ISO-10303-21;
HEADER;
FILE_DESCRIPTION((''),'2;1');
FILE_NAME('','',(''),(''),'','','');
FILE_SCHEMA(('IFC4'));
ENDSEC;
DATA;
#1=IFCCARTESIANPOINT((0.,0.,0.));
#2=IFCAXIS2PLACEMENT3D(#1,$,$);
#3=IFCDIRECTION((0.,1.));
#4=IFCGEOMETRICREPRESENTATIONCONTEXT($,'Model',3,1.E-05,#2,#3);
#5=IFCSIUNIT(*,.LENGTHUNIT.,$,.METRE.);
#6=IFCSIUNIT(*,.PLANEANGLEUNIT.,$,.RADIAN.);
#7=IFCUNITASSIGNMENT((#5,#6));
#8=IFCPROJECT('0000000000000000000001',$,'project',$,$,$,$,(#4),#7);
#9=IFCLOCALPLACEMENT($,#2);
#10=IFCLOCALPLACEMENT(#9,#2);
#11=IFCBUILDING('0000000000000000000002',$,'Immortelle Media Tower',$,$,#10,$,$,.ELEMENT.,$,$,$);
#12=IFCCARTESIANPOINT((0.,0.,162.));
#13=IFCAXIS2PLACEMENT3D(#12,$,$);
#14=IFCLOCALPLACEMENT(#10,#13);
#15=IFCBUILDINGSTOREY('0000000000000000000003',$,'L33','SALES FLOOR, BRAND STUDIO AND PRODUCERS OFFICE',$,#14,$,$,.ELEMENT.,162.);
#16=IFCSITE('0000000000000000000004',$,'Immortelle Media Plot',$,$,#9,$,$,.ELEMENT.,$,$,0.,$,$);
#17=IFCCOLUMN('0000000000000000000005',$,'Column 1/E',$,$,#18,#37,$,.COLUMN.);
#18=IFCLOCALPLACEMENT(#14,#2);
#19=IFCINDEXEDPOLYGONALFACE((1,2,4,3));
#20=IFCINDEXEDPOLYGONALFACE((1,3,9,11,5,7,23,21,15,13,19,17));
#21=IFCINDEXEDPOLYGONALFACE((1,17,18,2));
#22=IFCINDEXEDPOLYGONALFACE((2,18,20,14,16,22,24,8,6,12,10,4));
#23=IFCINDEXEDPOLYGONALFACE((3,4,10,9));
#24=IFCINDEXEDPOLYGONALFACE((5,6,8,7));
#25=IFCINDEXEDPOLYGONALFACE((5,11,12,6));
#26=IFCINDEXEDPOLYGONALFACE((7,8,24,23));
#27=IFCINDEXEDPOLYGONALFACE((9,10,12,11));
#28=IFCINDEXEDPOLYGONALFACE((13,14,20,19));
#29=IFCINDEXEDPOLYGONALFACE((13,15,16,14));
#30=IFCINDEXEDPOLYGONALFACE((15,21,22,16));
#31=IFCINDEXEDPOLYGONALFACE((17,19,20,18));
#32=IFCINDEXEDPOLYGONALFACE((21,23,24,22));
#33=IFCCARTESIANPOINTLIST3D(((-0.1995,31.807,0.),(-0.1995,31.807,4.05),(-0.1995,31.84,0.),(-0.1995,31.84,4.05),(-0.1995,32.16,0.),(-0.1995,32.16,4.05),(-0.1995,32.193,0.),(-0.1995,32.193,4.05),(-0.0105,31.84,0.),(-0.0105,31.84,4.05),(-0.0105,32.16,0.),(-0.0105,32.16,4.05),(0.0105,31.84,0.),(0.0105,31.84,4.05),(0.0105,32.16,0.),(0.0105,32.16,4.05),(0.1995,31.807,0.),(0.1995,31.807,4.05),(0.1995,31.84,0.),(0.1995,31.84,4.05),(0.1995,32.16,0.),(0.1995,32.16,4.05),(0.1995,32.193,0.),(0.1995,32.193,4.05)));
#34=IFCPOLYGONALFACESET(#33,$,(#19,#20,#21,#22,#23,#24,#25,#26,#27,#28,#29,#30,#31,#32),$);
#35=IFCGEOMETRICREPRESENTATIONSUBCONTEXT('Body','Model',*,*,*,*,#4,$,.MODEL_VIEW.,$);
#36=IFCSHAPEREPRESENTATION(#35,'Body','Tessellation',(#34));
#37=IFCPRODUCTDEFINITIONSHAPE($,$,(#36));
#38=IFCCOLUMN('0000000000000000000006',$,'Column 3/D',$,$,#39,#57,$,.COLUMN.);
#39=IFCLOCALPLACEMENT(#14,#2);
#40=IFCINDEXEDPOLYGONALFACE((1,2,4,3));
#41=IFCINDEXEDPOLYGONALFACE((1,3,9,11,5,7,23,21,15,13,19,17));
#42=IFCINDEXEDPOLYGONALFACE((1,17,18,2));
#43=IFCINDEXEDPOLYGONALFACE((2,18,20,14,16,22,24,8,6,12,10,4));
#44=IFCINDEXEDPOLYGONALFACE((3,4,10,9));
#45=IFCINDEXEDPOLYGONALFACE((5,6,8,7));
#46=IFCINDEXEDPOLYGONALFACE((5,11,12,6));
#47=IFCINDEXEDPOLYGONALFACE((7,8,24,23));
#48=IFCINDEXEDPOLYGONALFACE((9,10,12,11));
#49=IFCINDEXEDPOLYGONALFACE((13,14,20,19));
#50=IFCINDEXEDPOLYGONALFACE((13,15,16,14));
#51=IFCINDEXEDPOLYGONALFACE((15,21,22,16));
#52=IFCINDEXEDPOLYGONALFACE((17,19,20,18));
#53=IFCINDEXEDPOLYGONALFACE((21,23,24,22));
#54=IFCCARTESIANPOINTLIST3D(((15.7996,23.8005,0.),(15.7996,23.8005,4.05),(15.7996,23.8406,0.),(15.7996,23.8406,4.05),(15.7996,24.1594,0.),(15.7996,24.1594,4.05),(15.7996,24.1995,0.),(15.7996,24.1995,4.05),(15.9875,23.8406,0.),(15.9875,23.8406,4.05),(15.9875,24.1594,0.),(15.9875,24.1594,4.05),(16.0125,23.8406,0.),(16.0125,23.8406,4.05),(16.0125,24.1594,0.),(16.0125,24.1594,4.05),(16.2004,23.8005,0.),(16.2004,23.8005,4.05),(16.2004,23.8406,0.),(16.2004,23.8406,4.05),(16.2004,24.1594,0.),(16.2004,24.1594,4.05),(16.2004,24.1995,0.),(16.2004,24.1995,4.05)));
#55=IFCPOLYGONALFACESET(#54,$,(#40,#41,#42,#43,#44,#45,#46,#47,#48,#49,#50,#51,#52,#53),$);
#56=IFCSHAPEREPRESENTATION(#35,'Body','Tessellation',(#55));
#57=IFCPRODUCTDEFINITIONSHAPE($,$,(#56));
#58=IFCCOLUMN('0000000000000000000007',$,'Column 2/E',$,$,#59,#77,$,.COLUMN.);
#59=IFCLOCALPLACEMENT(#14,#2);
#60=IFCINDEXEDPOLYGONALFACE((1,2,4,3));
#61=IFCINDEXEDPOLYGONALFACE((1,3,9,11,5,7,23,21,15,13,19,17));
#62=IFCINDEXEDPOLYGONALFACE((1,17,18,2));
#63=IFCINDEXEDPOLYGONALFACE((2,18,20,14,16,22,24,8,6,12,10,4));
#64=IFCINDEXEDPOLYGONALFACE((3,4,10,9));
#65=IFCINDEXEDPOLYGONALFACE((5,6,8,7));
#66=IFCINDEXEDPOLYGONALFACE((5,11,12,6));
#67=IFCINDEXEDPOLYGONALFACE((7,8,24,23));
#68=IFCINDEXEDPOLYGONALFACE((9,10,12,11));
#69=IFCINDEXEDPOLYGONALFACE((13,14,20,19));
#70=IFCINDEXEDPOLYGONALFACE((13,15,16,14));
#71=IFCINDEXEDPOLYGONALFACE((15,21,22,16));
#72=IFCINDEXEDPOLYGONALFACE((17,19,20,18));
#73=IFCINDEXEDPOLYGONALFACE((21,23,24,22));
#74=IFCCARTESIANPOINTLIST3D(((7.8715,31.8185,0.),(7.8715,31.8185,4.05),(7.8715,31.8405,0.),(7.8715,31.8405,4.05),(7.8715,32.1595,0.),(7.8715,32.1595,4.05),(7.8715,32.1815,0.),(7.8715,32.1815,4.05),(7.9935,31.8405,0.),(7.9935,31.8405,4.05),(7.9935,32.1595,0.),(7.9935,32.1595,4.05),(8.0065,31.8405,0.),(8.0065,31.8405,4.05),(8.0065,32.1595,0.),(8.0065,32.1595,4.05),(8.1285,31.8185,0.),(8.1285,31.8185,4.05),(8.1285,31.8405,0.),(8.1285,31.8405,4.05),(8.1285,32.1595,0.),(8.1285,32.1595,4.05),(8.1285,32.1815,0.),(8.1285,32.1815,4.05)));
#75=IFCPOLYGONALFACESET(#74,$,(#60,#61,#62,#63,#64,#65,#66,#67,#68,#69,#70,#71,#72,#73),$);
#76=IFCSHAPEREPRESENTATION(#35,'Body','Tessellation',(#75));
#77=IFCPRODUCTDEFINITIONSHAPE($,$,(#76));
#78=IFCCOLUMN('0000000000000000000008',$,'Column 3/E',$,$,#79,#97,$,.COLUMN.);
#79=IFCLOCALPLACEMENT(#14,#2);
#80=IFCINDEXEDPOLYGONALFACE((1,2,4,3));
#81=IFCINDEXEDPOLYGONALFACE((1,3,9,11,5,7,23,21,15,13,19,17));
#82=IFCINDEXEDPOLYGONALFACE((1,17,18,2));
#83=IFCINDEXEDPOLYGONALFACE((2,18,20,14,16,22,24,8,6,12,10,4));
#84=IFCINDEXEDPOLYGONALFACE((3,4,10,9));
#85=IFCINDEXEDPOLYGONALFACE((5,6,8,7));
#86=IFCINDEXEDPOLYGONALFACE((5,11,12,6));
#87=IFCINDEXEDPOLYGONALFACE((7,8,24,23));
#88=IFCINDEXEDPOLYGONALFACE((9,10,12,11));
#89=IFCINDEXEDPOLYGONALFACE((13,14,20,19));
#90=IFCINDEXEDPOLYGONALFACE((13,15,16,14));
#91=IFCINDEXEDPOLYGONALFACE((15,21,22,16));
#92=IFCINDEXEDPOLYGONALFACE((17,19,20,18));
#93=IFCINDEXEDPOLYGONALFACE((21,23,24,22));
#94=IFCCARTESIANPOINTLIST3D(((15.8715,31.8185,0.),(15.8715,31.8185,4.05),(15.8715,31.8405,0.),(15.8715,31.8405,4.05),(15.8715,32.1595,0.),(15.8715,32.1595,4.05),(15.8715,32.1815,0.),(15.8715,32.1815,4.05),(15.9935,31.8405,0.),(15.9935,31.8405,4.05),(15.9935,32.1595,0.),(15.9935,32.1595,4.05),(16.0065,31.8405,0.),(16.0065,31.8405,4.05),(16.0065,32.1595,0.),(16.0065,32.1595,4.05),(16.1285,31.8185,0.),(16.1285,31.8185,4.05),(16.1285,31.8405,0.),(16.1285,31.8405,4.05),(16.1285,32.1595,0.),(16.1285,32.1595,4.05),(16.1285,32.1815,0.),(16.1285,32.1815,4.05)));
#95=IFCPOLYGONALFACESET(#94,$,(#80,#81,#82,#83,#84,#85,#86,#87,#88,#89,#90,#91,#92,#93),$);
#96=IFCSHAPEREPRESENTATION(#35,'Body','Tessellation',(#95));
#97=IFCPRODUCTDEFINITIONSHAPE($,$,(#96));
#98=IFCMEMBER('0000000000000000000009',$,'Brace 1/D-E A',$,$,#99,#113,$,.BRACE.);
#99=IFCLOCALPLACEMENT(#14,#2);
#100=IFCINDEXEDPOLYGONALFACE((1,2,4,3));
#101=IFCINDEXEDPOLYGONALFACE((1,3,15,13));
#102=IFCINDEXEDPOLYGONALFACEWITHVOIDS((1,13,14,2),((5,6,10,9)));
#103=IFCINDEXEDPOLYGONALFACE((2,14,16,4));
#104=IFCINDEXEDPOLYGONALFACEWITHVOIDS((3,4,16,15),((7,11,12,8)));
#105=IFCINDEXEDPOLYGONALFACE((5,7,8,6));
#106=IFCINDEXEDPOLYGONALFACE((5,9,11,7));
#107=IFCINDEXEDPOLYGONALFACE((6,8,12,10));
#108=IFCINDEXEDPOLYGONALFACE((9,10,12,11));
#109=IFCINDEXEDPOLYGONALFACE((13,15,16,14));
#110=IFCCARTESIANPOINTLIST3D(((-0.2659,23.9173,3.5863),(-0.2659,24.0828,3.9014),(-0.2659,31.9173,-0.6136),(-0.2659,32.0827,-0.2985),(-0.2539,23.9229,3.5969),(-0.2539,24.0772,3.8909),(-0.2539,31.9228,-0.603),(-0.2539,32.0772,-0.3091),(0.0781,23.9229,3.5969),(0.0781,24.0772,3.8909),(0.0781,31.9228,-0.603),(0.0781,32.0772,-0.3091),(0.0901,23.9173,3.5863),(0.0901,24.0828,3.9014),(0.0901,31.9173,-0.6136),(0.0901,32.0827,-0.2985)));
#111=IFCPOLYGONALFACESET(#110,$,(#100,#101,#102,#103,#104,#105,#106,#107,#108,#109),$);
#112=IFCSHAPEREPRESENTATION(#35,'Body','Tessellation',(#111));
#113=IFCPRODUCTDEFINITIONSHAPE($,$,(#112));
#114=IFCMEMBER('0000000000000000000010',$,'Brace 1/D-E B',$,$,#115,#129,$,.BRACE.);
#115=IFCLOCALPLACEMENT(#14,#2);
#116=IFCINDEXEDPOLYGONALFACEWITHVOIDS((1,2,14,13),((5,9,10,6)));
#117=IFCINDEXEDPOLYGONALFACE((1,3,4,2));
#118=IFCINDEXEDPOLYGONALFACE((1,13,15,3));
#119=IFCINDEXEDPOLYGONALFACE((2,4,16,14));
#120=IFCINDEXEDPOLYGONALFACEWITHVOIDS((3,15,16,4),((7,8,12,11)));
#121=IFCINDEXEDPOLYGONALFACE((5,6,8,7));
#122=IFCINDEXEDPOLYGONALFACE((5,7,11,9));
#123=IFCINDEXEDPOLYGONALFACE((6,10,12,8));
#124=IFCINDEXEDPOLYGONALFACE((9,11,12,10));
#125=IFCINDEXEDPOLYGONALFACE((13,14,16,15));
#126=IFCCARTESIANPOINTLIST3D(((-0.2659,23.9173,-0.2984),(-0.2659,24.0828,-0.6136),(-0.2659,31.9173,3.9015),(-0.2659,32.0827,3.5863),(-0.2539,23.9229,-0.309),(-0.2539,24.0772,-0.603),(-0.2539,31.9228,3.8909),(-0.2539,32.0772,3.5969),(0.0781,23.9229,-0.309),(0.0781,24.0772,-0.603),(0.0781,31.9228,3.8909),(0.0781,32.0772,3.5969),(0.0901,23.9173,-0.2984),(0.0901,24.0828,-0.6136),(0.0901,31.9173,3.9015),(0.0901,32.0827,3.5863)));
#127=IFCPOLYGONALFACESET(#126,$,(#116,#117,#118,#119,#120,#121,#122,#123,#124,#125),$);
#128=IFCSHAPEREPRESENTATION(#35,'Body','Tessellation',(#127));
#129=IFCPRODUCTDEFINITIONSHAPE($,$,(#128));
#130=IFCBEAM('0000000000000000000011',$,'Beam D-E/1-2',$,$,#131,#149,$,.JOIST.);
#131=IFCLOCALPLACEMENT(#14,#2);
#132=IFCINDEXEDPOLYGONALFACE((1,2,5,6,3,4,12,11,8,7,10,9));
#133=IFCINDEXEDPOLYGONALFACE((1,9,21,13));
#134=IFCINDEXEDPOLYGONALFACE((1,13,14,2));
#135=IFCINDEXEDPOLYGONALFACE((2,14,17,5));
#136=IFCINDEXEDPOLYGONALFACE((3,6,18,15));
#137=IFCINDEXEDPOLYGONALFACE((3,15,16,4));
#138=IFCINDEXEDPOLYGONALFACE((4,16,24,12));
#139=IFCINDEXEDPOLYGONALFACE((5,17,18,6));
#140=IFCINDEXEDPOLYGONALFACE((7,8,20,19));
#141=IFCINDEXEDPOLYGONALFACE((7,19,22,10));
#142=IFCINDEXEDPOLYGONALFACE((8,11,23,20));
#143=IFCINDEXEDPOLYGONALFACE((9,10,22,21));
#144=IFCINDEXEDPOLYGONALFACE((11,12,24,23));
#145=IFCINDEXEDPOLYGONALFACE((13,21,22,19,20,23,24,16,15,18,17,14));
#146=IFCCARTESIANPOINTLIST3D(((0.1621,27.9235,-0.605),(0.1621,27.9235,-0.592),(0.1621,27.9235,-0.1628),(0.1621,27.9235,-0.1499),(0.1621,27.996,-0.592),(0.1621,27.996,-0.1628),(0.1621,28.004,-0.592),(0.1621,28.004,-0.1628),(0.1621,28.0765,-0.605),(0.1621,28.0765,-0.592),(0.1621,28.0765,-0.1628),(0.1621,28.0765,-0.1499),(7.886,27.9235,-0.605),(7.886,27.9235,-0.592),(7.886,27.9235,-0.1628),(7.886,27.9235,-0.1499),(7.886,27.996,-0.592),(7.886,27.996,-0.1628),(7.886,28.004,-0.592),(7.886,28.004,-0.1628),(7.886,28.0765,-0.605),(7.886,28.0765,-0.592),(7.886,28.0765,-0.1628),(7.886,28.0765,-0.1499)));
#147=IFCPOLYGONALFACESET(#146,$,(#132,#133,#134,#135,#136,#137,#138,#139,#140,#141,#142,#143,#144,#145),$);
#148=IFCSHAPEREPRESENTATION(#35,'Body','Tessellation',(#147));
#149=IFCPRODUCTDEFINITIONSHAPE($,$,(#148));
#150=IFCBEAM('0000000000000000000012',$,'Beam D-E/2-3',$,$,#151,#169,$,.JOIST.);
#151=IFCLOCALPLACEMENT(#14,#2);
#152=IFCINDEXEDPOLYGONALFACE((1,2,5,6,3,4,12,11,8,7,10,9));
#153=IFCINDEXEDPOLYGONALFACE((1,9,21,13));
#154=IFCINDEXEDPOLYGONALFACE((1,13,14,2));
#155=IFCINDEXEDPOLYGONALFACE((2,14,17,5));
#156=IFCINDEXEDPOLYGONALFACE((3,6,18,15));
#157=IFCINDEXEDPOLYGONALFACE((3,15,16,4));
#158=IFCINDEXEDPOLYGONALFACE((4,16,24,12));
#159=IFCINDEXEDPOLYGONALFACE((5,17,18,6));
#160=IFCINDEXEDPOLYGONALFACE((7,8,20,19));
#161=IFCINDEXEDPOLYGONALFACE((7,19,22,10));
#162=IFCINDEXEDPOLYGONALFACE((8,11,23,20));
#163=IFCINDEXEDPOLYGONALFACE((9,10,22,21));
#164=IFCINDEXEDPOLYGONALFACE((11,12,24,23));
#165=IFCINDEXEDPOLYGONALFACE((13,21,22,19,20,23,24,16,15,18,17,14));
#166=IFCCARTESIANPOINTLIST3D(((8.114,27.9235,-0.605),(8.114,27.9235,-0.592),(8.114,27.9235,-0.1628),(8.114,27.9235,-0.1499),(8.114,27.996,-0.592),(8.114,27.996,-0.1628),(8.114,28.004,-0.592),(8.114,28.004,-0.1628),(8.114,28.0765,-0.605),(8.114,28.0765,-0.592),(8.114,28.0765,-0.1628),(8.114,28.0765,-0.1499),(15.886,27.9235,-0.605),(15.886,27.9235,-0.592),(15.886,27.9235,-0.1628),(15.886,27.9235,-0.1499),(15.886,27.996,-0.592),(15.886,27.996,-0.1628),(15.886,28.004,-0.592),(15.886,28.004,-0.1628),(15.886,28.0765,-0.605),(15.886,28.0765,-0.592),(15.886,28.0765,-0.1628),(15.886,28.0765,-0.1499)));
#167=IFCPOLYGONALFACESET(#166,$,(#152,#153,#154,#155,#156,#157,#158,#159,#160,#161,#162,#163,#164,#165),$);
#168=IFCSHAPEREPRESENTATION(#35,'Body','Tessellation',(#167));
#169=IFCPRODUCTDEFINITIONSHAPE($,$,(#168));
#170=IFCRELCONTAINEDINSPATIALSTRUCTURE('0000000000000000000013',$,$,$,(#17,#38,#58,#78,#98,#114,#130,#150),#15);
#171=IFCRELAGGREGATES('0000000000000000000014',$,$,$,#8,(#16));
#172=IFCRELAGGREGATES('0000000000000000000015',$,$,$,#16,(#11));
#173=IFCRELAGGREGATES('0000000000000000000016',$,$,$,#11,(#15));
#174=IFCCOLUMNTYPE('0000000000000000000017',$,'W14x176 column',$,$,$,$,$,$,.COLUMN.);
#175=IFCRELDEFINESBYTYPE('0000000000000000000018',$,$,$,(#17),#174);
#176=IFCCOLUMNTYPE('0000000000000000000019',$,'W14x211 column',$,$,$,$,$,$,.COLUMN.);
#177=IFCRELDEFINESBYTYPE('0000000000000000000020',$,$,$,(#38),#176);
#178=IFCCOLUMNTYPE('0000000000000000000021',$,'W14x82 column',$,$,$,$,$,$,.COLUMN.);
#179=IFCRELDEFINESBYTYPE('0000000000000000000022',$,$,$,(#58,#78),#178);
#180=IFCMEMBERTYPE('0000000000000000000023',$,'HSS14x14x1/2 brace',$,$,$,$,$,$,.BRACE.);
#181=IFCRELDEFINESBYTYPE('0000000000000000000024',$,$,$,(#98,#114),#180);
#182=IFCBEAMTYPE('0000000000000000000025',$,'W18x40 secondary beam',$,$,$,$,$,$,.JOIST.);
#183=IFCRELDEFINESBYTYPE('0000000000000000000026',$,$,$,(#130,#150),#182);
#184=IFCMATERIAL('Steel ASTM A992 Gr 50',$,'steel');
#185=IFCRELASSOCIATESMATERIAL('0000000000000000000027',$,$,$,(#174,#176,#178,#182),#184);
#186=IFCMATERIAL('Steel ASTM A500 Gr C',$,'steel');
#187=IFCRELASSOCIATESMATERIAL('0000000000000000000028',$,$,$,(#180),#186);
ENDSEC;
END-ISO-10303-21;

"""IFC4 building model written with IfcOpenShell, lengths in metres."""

from ifc_helpers import new_model, si_unit, direction, frame, origin, origin_2d, place, context, subcontext, project, spatial, hollow_rectangle, i_section, extrude, material, material_profile, profile_set, type_object, element, save


model = new_model("IFC4")

# Units and contexts
model_context = context("Model", 3, precision=1e-05, world=origin(), true_north=direction((0.0, 1.0)))
body_context = subcontext(model_context, "Body", "Model", "MODEL_VIEW")
ifc_project = project(units=[si_unit("LENGTHUNIT", "METRE"), si_unit("PLANEANGLEUNIT", "RADIAN")], contexts=[model_context])

# Site, building, storey
site_placement = place(None, origin())
site = spatial("IfcSite", under=ifc_project, at=site_placement, Name="Immortelle Media Plot", CompositionType="ELEMENT", RefElevation=0.0)
building_placement = place(site_placement, origin())
building = spatial("IfcBuilding", under=site, at=building_placement, Name="Immortelle Media Tower", CompositionType="ELEMENT")
storey_placement = place(building_placement, frame((0.0, 0.0, 162.0)))
storey = spatial("IfcBuildingStorey", under=building, at=storey_placement, Name="L33", Description="SALES FLOOR, BRAND STUDIO AND PRODUCERS OFFICE", CompositionType="ELEMENT", Elevation=162.0)

# Columns
ifc_material_1 = material(Name="Steel ASTM A992 Gr 50", Category="steel")
ifc_material_profile_1 = material_profile(ifc_material_1, i_section(OverallWidth=0.3989, OverallDepth=0.386, WebThickness=0.021, FlangeThickness=0.033, at=origin_2d()), Name="W14x176")
ifc_profile_set_1 = profile_set([ifc_material_profile_1], Name="Steel ASTM A992 Gr 50")
column_type_1 = type_object("IfcColumnType", Name="W14x176 column", PredefinedType="COLUMN", material=ifc_profile_set_1)
column_1_placement = place(storey_placement, frame((0.0, 32.0, 0.0), z_axis=(0.0, 0.0, 1.0), x_axis=(1.0, 0.0, 0.0)))
element("IfcColumn", 1, at=column_1_placement, inside=storey, type_object=column_type_1, Name="Column 1/E", PredefinedType="COLUMN", context=body_context, shape_type="SweptSolid", body=[
    extrude(i_section(OverallWidth=0.3989, OverallDepth=0.386, WebThickness=0.021, FlangeThickness=0.033, at=origin_2d()), origin(), (0.0, 0.0, 1.0), 4.05),
])
ifc_material_profile_2 = material_profile(ifc_material_1, i_section(OverallWidth=0.4009, OverallDepth=0.3989, WebThickness=0.0249, FlangeThickness=0.04, at=origin_2d()), Name="W14x211")
ifc_profile_set_2 = profile_set([ifc_material_profile_2], Name="Steel ASTM A992 Gr 50")
column_type_2 = type_object("IfcColumnType", Name="W14x211 column", PredefinedType="COLUMN", material=ifc_profile_set_2)
column_2_placement = place(storey_placement, frame((16.0, 24.0, 0.0), z_axis=(0.0, 0.0, 1.0), x_axis=(1.0, 0.0, 0.0)))
element("IfcColumn", 2, at=column_2_placement, inside=storey, type_object=column_type_2, Name="Column 3/D", PredefinedType="COLUMN", context=body_context, shape_type="SweptSolid", body=[
    extrude(i_section(OverallWidth=0.4009, OverallDepth=0.3989, WebThickness=0.0249, FlangeThickness=0.04, at=origin_2d()), origin(), (0.0, 0.0, 1.0), 4.05),
])
ifc_material_profile_3 = material_profile(ifc_material_1, i_section(OverallWidth=0.2571, OverallDepth=0.363, WebThickness=0.0129, FlangeThickness=0.022, at=origin_2d()), Name="W14x82")
ifc_profile_set_3 = profile_set([ifc_material_profile_3], Name="Steel ASTM A992 Gr 50")
column_type_3 = type_object("IfcColumnType", Name="W14x82 column", PredefinedType="COLUMN", material=ifc_profile_set_3)
for number, where, z_axis, x_axis, name in (
    (3, (8.0, 32.0, 0.0), (0.0, 0.0, 1.0), (1.0, 0.0, 0.0), "Column 2/E"),
    (4, (16.0, 32.0, 0.0), (0.0, 0.0, 1.0), (1.0, 0.0, 0.0), "Column 3/E"),
):
    element("IfcColumn", number, at=place(storey_placement, frame(where, z_axis=z_axis, x_axis=x_axis)), inside=storey, type_object=column_type_3, Name=name, PredefinedType="COLUMN", context=body_context, shape_type="SweptSolid", body=[
        extrude(i_section(OverallWidth=0.2571, OverallDepth=0.363, WebThickness=0.0129, FlangeThickness=0.022, at=origin_2d()), origin(), (0.0, 0.0, 1.0), 4.05),
    ])

# Members
ifc_material_2 = material(Name="Steel ASTM A500 Gr C", Category="steel")
ifc_material_profile_4 = material_profile(ifc_material_2, hollow_rectangle(XDim=0.356, YDim=0.356, WallThickness=0.012, at=origin_2d()), Name="HSS14x14x1/2 brace")
ifc_profile_set_4 = profile_set([ifc_material_profile_4], Name="Steel ASTM A500 Gr C")
member_type = type_object("IfcMemberType", Name="HSS14x14x1/2 brace", PredefinedType="BRACE", material=ifc_profile_set_4)
for number, where, z_axis, x_axis, name in (
    (5, (-0.0879, 32.0, -0.4561), (0.0, -0.8854, 0.46483), (1.0, 0.0, 0.0), "Brace 1/D-E A"),
    (6, (-0.0879, 32.0, 3.7439), (0.0, -0.8854, -0.46483), (1.0, 0.0, 0.0), "Brace 1/D-E B"),
):
    element("IfcMember", number, at=place(storey_placement, frame(where, z_axis=z_axis, x_axis=x_axis)), inside=storey, type_object=member_type, Name=name, PredefinedType="BRACE", context=body_context, shape_type="SweptSolid", body=[
        extrude(hollow_rectangle(XDim=0.356, YDim=0.356, WallThickness=0.012, at=origin_2d()), origin(), (0.0, 0.0, 1.0), 9.0354),
    ])

# Beams
ifc_material_profile_5 = material_profile(ifc_material_1, i_section(OverallWidth=0.1531, OverallDepth=0.4551, WebThickness=0.0081, FlangeThickness=0.0129, at=origin_2d()), Name="W18x40")
ifc_profile_set_5 = profile_set([ifc_material_profile_5], Name="Steel ASTM A992 Gr 50")
beam_type_1 = type_object("IfcBeamType", Name="W18x40 secondary beam", PredefinedType="JOIST", material=ifc_profile_set_5)
beam_1_placement = place(storey_placement, frame((0.1621, 28.0, -0.3774), z_axis=(1.0, 0.0, 0.0), x_axis=(0.0, 1.0, 0.0)))
element("IfcBeam", 7, at=beam_1_placement, inside=storey, type_object=beam_type_1, Name="Beam D-E/1-2", PredefinedType="JOIST", context=body_context, shape_type="SweptSolid", body=[
    extrude(i_section(OverallWidth=0.1531, OverallDepth=0.4551, WebThickness=0.0081, FlangeThickness=0.0129, at=origin_2d()), origin(), (0.0, 0.0, 1.0), 7.7239),
])
beam_2_placement = place(storey_placement, frame((8.114, 28.0, -0.3774), z_axis=(1.0, 0.0, 0.0), x_axis=(0.0, 1.0, 0.0)))
element("IfcBeam", 8, at=beam_2_placement, inside=storey, type_object=beam_type_1, Name="Beam D-E/2-3", PredefinedType="JOIST", context=body_context, shape_type="SweptSolid", body=[
    extrude(i_section(OverallWidth=0.1531, OverallDepth=0.4551, WebThickness=0.0081, FlangeThickness=0.0129, at=origin_2d()), origin(), (0.0, 0.0, 1.0), 7.772),
])

save(model, "model.ifc")
